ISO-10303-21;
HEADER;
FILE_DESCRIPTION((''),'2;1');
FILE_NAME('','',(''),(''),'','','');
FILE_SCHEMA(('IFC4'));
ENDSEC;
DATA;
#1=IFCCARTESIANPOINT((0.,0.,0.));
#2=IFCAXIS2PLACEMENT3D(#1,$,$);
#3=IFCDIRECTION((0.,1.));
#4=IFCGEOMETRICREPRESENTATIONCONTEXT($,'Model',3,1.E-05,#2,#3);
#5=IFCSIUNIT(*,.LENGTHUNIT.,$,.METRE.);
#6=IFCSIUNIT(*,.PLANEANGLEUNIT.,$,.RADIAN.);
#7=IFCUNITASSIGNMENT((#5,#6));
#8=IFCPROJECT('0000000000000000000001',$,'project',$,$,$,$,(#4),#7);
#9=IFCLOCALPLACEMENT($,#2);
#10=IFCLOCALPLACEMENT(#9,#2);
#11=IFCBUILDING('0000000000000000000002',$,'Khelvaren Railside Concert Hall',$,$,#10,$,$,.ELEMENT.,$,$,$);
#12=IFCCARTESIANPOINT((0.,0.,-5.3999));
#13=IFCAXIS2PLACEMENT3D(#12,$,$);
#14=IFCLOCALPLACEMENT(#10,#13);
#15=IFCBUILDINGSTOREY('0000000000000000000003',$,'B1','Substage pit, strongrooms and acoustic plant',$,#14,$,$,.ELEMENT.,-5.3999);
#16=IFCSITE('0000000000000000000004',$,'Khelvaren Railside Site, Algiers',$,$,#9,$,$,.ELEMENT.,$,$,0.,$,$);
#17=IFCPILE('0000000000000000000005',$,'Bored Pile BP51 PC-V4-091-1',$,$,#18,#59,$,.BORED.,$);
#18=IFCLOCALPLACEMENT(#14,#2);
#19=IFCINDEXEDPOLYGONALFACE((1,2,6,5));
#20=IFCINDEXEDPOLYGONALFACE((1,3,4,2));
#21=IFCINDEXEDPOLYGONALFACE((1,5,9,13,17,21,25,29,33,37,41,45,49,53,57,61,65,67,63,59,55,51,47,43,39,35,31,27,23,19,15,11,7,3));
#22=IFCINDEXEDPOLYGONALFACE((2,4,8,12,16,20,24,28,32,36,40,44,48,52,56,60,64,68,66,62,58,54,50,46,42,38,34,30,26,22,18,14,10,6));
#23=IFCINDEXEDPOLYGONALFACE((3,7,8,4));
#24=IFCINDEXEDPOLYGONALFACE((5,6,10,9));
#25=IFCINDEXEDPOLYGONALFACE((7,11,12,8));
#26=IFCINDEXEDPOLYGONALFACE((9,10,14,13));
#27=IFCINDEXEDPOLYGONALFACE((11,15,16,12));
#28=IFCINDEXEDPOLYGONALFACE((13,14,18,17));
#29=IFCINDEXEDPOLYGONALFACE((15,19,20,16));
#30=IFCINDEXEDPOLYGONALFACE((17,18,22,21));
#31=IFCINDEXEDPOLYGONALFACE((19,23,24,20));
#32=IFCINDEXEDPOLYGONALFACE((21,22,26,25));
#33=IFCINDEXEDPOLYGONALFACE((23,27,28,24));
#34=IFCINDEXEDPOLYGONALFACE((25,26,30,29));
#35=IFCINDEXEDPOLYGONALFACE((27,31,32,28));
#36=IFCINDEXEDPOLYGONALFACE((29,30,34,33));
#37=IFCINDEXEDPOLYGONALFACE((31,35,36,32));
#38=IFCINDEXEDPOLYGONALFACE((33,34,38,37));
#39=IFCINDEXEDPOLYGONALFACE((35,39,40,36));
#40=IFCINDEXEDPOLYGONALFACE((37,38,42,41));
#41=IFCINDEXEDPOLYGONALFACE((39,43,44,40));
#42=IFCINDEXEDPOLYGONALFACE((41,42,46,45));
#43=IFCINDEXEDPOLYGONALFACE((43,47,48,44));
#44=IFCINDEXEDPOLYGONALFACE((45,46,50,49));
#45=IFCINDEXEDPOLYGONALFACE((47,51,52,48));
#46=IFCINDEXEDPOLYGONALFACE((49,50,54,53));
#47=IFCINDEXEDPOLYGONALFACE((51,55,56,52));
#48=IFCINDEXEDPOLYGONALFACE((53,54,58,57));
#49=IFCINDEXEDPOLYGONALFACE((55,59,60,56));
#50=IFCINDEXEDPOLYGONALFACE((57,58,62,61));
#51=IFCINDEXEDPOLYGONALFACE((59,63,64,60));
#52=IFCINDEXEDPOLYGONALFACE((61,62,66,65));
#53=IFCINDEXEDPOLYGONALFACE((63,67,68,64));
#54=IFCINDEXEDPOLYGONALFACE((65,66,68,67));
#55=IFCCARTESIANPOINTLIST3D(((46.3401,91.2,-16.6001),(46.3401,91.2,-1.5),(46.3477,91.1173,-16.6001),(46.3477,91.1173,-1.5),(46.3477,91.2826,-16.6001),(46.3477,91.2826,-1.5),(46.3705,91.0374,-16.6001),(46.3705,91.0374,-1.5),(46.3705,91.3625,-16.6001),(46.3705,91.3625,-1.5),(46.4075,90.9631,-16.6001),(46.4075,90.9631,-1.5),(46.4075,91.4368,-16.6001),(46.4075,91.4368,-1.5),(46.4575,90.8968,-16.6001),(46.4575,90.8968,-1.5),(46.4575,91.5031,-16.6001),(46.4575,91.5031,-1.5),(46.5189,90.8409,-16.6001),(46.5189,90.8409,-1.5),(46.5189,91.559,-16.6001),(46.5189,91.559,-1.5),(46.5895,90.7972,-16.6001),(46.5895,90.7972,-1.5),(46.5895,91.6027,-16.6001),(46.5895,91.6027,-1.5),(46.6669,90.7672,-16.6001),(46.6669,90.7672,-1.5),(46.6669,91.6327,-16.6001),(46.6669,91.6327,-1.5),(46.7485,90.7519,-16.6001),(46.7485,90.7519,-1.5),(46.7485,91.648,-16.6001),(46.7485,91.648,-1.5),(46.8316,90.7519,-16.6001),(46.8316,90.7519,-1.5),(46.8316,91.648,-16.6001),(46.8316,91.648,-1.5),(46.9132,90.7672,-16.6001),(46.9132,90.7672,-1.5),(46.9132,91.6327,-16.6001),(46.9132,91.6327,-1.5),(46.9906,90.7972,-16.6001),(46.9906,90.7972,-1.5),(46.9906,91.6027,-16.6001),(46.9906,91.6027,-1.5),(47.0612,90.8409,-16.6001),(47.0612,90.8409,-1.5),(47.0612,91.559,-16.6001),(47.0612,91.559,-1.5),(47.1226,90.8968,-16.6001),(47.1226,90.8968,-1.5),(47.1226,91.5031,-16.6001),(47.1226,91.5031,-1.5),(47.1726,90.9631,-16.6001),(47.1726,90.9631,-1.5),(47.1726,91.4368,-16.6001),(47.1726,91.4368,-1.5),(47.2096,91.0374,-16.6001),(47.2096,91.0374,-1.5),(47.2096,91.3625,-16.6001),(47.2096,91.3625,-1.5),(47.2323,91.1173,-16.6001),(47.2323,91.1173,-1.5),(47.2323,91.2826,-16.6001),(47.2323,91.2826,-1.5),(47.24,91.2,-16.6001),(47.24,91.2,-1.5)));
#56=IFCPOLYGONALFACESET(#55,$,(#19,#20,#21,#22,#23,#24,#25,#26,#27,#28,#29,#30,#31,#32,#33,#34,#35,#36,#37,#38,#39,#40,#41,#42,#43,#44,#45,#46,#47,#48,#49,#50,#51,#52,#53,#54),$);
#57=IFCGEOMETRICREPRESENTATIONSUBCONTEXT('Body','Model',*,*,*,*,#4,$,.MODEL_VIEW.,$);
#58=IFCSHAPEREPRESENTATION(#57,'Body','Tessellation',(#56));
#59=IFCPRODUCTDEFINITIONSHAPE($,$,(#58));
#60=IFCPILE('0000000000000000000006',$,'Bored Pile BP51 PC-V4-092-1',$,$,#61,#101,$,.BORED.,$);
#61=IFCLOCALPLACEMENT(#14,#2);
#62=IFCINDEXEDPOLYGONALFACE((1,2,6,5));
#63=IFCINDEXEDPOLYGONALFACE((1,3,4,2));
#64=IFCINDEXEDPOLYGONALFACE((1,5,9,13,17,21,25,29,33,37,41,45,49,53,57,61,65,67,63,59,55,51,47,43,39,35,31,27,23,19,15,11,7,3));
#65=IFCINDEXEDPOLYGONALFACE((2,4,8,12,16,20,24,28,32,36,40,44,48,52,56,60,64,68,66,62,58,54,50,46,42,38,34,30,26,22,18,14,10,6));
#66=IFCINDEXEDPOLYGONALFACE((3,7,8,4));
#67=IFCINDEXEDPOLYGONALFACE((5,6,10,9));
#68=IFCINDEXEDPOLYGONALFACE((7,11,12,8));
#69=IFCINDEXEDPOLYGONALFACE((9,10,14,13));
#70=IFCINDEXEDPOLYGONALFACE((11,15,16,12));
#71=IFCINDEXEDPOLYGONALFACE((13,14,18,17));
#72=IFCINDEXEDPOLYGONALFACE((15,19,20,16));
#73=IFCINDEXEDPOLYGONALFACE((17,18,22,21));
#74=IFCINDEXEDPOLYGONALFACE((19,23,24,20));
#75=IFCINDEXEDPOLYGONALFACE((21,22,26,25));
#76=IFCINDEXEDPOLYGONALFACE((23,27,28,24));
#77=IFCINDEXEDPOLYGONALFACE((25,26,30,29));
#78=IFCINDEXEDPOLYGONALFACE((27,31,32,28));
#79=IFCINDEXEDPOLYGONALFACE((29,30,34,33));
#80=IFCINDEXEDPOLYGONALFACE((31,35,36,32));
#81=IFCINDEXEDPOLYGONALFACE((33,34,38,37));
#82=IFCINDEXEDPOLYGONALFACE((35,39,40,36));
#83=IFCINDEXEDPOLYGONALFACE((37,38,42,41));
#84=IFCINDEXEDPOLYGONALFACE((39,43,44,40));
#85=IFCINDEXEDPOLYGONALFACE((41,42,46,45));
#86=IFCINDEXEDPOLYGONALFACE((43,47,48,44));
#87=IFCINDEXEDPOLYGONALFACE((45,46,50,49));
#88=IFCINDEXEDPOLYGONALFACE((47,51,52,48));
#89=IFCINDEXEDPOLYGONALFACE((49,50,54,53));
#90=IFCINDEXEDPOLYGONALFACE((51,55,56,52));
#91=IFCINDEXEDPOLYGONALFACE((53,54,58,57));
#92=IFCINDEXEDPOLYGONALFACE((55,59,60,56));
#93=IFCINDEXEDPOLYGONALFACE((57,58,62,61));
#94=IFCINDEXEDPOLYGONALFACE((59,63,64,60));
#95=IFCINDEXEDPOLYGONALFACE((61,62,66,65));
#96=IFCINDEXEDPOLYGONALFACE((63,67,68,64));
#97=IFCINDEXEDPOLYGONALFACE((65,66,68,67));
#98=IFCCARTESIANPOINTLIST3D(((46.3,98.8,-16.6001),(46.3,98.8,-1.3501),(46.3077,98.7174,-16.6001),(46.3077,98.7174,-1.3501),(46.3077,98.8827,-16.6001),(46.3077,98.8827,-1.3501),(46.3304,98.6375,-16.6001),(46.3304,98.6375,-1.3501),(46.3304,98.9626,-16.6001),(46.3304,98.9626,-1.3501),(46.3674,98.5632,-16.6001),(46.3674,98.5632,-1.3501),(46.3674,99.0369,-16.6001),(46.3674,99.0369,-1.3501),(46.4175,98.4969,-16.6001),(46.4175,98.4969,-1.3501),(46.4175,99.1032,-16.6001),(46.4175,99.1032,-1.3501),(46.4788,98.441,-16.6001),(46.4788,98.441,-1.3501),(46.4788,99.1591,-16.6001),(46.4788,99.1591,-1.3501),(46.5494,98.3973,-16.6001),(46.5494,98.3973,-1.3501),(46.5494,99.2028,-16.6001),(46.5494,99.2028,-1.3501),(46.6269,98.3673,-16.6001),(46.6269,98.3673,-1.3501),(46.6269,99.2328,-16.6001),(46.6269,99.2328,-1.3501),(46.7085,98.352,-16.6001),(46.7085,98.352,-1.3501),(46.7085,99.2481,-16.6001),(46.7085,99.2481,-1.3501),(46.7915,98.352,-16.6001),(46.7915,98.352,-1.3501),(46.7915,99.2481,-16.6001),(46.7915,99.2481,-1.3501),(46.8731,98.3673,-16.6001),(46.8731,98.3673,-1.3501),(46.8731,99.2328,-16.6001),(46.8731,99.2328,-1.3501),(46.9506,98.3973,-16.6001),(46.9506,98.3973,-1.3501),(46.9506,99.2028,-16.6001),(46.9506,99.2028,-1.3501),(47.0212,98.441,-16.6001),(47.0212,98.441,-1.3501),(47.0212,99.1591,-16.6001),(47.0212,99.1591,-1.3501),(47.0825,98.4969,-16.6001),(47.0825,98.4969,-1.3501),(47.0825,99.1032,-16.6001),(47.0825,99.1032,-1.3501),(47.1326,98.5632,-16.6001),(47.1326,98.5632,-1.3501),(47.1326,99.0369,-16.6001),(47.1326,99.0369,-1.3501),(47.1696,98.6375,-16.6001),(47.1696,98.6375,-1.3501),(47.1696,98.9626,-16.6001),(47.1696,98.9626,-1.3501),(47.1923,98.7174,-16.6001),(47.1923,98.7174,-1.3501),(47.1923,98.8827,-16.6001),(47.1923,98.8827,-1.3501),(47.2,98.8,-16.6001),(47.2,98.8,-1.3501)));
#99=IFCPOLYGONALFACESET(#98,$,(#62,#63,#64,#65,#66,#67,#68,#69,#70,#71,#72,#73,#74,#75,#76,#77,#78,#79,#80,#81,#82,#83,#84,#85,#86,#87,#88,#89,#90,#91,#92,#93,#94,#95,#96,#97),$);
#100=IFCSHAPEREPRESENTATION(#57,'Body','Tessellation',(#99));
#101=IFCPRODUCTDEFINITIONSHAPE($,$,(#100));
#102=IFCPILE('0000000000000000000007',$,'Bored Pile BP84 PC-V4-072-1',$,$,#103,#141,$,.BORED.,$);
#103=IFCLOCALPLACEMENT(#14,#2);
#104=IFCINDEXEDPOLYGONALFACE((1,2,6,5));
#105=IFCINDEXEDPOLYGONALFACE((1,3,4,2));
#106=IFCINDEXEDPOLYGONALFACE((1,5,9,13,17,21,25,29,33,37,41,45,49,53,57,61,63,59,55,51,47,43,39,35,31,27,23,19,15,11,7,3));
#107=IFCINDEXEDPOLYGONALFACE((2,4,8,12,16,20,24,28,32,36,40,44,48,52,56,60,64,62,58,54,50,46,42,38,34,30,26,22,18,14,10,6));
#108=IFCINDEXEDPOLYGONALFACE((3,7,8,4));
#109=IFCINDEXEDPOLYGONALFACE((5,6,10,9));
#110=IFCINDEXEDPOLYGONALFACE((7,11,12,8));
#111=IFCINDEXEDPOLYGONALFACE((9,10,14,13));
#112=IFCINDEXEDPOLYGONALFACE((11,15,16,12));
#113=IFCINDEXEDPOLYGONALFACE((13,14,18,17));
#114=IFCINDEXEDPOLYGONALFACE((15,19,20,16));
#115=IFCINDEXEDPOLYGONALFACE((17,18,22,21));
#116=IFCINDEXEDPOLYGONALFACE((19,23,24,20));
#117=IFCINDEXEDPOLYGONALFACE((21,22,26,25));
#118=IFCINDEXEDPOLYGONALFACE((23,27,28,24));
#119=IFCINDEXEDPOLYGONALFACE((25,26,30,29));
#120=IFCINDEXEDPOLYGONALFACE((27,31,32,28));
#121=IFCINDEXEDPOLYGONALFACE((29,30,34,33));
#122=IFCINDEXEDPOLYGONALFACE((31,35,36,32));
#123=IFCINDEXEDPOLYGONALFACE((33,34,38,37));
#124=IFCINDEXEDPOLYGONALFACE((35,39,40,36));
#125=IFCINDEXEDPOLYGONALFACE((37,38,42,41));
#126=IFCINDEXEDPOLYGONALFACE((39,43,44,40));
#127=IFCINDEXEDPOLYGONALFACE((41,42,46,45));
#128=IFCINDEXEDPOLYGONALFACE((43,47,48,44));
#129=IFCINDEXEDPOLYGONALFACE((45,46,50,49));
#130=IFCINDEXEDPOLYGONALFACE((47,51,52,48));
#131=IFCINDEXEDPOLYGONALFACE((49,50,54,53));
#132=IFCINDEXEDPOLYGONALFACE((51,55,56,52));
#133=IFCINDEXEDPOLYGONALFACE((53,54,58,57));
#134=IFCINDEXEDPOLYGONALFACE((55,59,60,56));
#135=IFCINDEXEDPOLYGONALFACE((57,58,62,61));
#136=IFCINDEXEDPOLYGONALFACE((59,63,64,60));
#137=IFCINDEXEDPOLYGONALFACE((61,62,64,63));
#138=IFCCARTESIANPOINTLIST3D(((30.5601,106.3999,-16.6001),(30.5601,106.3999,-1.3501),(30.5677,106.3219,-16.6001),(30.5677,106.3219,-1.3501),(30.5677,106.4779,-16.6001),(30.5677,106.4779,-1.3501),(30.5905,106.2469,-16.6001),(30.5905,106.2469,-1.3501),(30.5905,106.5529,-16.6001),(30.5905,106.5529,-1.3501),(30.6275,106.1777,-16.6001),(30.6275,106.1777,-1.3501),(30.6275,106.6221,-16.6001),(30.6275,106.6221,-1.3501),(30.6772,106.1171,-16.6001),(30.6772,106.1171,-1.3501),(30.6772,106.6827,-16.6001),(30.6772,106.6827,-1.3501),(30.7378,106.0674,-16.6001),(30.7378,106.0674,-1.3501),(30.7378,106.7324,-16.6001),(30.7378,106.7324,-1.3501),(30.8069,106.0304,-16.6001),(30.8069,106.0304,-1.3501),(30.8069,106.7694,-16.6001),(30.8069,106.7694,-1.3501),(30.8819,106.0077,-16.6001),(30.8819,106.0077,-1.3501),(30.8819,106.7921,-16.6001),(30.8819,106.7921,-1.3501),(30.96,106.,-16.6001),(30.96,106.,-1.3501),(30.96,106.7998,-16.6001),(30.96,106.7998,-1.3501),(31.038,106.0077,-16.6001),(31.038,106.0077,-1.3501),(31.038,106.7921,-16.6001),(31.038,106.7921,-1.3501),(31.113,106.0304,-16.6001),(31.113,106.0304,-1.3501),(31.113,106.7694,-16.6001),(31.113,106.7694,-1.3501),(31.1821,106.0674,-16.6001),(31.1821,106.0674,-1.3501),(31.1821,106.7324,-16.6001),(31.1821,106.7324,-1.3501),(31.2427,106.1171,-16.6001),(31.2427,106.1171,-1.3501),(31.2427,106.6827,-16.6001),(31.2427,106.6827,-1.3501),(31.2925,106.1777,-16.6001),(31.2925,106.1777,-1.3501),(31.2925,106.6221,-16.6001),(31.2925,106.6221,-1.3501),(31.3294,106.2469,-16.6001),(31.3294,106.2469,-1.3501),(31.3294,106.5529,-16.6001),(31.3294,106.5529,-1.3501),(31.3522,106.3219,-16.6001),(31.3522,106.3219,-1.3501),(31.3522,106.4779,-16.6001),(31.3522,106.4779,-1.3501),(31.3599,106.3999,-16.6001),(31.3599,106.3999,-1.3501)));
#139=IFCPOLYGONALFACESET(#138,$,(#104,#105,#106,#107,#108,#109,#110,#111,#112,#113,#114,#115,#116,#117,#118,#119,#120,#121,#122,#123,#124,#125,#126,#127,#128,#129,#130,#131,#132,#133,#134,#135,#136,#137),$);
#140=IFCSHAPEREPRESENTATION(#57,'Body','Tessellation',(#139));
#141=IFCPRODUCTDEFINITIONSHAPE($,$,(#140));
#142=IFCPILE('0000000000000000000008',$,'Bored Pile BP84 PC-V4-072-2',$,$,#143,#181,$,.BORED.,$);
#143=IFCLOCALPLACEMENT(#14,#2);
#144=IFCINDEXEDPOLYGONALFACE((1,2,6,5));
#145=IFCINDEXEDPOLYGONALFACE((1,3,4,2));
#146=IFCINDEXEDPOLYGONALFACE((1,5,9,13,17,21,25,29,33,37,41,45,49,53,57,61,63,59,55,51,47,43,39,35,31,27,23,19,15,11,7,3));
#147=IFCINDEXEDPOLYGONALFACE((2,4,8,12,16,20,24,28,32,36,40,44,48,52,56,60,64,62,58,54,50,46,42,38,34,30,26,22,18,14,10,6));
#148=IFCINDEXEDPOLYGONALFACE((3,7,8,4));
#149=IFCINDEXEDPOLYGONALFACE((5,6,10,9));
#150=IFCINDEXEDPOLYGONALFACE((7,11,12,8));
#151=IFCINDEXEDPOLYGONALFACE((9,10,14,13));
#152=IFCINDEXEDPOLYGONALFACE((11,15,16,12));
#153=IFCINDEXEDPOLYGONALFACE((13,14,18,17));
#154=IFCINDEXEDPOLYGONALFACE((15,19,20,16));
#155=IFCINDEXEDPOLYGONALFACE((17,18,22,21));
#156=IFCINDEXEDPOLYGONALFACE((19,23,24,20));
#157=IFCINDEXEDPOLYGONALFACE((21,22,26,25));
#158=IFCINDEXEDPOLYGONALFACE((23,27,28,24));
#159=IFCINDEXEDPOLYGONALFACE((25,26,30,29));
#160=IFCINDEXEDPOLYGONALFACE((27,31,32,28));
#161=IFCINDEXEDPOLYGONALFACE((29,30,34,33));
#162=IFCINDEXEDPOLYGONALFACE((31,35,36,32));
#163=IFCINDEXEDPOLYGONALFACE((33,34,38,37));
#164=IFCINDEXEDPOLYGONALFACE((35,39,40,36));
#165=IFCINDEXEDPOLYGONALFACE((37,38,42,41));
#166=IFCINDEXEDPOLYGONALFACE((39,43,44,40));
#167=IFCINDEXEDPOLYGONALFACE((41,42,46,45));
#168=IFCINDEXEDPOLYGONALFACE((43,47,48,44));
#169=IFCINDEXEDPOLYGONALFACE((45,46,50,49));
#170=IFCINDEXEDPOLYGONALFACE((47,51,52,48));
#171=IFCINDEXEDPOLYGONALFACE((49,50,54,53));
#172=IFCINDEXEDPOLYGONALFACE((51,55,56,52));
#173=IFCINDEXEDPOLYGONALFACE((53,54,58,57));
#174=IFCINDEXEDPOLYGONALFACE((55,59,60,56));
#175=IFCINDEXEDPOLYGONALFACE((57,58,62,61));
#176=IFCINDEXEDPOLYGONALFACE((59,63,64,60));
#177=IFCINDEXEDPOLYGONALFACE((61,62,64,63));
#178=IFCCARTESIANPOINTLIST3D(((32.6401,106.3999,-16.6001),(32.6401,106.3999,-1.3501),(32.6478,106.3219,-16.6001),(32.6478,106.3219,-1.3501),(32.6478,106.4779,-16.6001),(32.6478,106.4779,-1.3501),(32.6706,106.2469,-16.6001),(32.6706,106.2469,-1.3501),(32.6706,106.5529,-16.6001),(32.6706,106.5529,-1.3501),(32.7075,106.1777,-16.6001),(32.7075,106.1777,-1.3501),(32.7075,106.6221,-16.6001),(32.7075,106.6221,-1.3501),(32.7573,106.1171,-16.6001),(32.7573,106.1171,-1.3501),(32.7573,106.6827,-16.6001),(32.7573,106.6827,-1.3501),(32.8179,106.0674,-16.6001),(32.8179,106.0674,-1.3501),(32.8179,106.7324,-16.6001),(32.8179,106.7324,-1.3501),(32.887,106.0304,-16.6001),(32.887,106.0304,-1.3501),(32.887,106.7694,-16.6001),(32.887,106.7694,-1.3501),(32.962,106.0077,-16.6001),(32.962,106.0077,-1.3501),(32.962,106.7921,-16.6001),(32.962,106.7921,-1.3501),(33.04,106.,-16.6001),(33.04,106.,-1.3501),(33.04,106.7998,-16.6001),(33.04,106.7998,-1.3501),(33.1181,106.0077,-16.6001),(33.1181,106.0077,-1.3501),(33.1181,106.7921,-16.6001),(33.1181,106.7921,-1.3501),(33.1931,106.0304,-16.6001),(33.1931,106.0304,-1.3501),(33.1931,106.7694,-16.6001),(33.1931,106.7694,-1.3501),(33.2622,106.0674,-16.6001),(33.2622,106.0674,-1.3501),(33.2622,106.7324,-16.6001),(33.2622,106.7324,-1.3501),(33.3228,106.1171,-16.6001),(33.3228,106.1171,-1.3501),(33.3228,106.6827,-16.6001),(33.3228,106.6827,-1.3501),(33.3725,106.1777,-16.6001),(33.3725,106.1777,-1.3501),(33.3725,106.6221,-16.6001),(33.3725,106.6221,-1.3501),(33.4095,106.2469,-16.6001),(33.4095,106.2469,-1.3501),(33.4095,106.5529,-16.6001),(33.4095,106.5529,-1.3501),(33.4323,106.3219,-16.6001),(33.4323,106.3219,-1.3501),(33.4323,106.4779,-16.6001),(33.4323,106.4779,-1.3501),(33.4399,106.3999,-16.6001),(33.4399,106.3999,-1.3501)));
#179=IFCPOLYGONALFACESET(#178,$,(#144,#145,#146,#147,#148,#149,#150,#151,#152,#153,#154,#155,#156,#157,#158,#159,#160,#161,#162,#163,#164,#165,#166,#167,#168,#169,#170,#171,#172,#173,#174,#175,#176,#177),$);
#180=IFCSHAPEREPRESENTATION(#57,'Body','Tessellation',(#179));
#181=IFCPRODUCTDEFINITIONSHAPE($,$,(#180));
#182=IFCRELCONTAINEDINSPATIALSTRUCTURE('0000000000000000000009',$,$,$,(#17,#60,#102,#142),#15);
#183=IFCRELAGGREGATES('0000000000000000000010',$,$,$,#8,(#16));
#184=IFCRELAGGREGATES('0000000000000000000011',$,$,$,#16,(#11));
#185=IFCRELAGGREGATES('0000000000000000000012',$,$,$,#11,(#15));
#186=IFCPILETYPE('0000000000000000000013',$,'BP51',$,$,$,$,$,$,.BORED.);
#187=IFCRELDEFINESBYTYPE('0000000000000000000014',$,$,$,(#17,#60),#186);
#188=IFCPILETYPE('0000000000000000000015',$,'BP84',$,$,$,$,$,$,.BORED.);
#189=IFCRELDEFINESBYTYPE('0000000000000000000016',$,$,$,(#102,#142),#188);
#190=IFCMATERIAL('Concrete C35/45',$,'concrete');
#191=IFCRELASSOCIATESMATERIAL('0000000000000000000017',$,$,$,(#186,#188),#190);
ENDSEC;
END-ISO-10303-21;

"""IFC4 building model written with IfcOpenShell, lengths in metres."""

from ifc_helpers import new_model, si_unit, direction, frame, origin, origin_2d, place, context, subcontext, project, spatial, circle, extrude, material, material_profile, profile_set, type_object, element, save


model = new_model("IFC4")

# Units and contexts
model_context = context("Model", 3, precision=1e-05, world=origin(), true_north=direction((0.0, 1.0)))
body_context = subcontext(model_context, "Body", "Model", "MODEL_VIEW")
ifc_project = project(units=[si_unit("LENGTHUNIT", "METRE"), si_unit("PLANEANGLEUNIT", "RADIAN")], contexts=[model_context])

# Site, building, storey
site_placement = place(None, origin())
site = spatial("IfcSite", under=ifc_project, at=site_placement, Name="Khelvaren Railside Site, Algiers", CompositionType="ELEMENT", RefElevation=0.0)
building_placement = place(site_placement, origin())
building = spatial("IfcBuilding", under=site, at=building_placement, Name="Khelvaren Railside Concert Hall", CompositionType="ELEMENT")
storey_placement = place(building_placement, frame((0.0, 0.0, -5.3999)))
storey = spatial("IfcBuildingStorey", under=building, at=storey_placement, Name="B1", Description="Substage pit, strongrooms and acoustic plant", CompositionType="ELEMENT", Elevation=-5.3999)

# Piles
ifc_material_1 = material(Name="Concrete C35/45", Category="concrete")
ifc_material_profile_1 = material_profile(ifc_material_1, circle(Radius=0.45, at=origin_2d()), Name="BP D900")
ifc_profile_set_1 = profile_set([ifc_material_profile_1], Name="Concrete C35/45")
pile_type_1 = type_object("IfcPileType", Name="BP51", PredefinedType="BORED", material=ifc_profile_set_1)
pile_1_placement = place(storey_placement, frame((46.79, 91.2, -1.5), z_axis=(0.0, 0.0, -1.0), x_axis=(1.0, 0.0, 0.0)))
element("IfcPile", 1, at=pile_1_placement, inside=storey, type_object=pile_type_1, Name="Bored Pile BP51 PC-V4-091-1", PredefinedType="BORED", context=body_context, shape_type="SweptSolid", body=[
    extrude(circle(Radius=0.45, at=origin_2d()), origin(), (0.0, 0.0, 1.0), 15.1001),
])
pile_2_placement = place(storey_placement, frame((46.75, 98.8, -1.3501), z_axis=(0.0, 0.0, -1.0), x_axis=(1.0, 0.0, 0.0)))
element("IfcPile", 2, at=pile_2_placement, inside=storey, type_object=pile_type_1, Name="Bored Pile BP51 PC-V4-092-1", PredefinedType="BORED", context=body_context, shape_type="SweptSolid", body=[
    extrude(circle(Radius=0.45, at=origin_2d()), origin(), (0.0, 0.0, 1.0), 15.25),
])
ifc_material_profile_2 = material_profile(ifc_material_1, circle(Radius=0.3999, at=origin_2d()), Name="BP D800")
ifc_profile_set_2 = profile_set([ifc_material_profile_2], Name="Concrete C35/45")
pile_type_2 = type_object("IfcPileType", Name="BP84", PredefinedType="BORED", material=ifc_profile_set_2)
for number, where, z_axis, x_axis, name in (
    (3, (30.96, 106.3999, -1.3501), (0.0, 0.0, -1.0), (1.0, 0.0, 0.0), "Bored Pile BP84 PC-V4-072-1"),
    (4, (33.04, 106.3999, -1.3501), (0.0, 0.0, -1.0), (1.0, 0.0, 0.0), "Bored Pile BP84 PC-V4-072-2"),
):
    element("IfcPile", number, at=place(storey_placement, frame(where, z_axis=z_axis, x_axis=x_axis)), inside=storey, type_object=pile_type_2, Name=name, PredefinedType="BORED", context=body_context, shape_type="SweptSolid", body=[
        extrude(circle(Radius=0.3999, at=origin_2d()), origin(), (0.0, 0.0, 1.0), 15.25),
    ])

save(model, "model.ifc")
